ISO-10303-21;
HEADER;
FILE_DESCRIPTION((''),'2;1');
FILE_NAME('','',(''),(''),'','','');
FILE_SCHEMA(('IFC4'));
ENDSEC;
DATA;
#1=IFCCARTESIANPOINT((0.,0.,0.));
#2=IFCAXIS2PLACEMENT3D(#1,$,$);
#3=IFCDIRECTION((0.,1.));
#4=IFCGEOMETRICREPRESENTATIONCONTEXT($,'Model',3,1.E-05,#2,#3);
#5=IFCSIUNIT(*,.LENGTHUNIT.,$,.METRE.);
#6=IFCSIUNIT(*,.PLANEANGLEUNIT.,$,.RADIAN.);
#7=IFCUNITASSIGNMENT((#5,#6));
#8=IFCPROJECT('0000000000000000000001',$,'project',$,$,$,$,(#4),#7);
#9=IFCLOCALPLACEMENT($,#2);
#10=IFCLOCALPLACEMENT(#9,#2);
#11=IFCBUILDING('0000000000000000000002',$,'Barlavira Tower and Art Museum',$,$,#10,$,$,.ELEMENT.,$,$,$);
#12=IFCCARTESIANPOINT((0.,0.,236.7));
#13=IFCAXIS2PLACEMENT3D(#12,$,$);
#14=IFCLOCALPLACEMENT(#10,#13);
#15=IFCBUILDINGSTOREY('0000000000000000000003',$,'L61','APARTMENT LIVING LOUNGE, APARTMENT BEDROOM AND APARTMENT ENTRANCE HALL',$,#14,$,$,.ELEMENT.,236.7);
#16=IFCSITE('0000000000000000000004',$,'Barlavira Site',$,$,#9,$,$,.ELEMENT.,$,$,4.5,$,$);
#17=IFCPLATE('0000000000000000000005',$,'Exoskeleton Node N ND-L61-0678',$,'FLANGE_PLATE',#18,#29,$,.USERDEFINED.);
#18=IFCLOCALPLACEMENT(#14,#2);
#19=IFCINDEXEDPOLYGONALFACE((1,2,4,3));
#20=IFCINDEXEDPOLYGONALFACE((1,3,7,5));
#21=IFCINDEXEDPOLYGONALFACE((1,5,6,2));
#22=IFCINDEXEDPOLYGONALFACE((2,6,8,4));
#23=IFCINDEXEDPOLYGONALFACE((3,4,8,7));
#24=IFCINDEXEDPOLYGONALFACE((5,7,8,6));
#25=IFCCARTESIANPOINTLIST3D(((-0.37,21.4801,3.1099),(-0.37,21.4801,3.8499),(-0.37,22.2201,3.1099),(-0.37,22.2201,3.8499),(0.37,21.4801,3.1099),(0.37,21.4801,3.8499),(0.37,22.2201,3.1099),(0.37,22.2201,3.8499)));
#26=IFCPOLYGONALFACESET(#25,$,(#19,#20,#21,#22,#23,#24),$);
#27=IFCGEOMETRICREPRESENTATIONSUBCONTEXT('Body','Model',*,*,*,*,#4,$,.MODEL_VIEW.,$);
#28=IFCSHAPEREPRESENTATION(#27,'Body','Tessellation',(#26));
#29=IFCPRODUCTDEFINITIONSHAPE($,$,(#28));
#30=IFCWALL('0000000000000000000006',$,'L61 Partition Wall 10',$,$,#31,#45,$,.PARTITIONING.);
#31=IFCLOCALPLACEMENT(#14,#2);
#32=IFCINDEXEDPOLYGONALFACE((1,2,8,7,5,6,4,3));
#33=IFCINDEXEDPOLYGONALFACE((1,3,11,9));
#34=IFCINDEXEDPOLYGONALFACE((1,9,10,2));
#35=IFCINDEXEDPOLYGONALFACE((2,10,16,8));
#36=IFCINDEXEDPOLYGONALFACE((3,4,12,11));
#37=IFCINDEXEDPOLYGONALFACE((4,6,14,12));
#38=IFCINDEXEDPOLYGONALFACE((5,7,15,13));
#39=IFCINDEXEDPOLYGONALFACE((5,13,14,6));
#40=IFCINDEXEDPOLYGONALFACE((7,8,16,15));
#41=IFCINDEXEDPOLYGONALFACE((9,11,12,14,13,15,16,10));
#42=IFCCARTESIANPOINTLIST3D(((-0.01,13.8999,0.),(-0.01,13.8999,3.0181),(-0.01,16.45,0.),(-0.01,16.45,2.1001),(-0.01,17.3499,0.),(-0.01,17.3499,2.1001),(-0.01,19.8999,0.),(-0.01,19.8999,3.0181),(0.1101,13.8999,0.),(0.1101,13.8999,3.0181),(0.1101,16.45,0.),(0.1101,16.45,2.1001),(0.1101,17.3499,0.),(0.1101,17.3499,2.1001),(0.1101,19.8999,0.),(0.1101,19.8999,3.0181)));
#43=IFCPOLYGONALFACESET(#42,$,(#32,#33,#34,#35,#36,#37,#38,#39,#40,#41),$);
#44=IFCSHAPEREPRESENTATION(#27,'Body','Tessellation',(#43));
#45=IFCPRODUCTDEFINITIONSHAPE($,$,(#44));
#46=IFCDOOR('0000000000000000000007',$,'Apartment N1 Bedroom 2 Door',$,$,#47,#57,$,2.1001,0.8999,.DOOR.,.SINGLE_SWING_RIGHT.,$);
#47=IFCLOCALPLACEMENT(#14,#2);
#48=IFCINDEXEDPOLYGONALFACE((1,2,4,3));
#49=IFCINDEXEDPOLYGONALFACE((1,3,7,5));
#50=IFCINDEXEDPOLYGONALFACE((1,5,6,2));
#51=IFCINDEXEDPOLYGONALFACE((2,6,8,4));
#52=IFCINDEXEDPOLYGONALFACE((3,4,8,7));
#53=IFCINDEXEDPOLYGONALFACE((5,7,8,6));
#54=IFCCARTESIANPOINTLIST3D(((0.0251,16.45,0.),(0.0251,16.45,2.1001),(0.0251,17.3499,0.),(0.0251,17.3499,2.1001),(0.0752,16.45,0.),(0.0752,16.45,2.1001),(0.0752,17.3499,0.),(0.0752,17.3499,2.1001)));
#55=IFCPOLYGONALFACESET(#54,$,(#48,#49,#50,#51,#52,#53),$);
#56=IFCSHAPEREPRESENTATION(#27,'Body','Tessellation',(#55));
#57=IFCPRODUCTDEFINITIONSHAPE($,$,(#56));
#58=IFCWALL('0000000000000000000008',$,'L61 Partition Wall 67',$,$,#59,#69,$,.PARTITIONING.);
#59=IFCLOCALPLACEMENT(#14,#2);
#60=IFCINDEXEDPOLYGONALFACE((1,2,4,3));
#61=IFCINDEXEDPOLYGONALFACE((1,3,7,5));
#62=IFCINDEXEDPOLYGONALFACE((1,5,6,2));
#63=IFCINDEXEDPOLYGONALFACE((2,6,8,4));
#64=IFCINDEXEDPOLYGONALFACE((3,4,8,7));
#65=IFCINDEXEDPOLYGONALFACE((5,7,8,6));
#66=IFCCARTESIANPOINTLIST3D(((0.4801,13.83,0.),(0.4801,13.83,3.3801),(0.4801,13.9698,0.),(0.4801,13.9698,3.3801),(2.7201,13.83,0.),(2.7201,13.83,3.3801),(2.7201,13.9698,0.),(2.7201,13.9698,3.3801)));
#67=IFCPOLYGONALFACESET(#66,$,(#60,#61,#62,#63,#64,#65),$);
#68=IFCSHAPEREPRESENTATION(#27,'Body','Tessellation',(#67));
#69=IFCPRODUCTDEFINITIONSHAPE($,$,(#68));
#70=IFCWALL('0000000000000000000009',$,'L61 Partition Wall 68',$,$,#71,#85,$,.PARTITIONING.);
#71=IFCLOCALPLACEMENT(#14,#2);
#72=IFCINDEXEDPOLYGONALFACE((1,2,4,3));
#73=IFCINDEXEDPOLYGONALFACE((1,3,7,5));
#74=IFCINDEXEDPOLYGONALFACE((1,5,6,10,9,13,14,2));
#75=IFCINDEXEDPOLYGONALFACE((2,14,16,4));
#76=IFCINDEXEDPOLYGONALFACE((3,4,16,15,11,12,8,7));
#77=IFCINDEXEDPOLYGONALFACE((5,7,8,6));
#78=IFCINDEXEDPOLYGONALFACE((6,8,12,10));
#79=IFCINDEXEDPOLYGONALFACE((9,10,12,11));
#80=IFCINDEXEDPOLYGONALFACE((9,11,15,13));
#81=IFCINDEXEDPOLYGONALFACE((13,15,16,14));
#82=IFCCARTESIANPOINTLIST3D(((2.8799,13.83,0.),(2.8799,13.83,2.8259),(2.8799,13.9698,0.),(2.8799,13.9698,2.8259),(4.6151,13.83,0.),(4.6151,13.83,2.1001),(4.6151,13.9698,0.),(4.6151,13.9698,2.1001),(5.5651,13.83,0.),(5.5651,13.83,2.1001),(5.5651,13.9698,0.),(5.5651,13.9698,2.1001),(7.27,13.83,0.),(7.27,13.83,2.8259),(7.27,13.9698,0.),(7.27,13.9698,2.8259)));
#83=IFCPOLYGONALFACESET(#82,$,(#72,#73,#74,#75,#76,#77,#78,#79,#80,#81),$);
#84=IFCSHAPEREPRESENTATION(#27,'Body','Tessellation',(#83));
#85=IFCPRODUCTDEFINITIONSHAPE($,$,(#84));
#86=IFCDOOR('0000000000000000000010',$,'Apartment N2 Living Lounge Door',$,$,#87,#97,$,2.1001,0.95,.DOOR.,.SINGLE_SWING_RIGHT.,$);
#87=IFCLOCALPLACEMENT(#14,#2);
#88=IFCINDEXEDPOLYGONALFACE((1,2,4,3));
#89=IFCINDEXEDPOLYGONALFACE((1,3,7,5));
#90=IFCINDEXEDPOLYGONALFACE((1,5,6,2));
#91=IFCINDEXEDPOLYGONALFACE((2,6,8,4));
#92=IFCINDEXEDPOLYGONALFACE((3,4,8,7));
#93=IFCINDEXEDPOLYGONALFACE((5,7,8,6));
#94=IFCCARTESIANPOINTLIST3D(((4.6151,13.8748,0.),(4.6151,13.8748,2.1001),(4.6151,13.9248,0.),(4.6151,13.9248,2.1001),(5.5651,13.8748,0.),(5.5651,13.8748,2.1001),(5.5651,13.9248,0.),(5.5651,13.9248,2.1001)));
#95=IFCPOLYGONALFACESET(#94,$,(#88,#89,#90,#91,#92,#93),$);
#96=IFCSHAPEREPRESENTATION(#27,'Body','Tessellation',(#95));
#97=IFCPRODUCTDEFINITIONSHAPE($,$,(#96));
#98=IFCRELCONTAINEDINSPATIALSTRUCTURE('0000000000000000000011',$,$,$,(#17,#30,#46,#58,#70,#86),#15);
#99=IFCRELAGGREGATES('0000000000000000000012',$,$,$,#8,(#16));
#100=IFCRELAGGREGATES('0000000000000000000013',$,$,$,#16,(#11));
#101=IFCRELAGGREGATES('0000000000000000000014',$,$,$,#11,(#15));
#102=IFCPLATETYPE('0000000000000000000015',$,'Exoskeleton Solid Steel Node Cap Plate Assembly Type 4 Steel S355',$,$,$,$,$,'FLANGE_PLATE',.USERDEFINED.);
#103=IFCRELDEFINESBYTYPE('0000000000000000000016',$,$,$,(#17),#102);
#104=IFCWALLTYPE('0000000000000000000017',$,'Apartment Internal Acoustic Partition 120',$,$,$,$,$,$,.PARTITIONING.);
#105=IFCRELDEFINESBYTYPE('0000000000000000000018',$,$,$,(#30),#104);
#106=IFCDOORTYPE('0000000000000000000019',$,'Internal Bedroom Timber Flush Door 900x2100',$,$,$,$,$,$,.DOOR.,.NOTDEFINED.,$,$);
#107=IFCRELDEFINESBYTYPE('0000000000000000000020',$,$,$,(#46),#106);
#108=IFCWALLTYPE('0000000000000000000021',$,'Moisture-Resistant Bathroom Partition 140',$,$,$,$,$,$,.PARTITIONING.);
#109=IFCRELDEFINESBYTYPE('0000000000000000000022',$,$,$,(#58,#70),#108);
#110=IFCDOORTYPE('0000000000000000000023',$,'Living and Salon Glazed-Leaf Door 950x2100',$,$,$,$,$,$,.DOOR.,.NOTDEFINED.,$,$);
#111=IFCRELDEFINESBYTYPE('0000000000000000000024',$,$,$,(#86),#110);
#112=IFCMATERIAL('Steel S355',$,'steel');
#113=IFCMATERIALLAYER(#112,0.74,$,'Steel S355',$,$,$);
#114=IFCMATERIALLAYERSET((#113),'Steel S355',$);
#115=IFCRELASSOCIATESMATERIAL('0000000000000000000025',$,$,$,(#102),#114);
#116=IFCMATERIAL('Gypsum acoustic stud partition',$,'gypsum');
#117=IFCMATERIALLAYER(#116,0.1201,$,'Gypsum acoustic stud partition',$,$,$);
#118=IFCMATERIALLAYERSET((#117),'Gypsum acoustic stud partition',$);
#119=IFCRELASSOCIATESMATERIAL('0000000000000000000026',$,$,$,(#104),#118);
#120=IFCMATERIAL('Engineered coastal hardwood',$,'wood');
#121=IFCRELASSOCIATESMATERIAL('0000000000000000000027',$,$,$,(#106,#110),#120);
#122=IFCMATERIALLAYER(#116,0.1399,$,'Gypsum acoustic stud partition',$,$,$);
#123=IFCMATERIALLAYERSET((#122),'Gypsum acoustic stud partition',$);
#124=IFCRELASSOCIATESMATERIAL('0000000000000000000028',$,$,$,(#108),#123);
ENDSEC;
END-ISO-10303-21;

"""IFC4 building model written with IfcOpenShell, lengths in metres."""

from ifc_helpers import new_model, si_unit, direction, frame, frame_2d, origin, origin_2d, place, context, subcontext, project, spatial, rectangle, extrude, material, layer, layer_set, type_object, element, fill, save


model = new_model("IFC4")

# Units and contexts
model_context = context("Model", 3, precision=1e-05, world=origin(), true_north=direction((0.0, 1.0)))
body_context = subcontext(model_context, "Body", "Model", "MODEL_VIEW")
ifc_project = project(units=[si_unit("LENGTHUNIT", "METRE"), si_unit("PLANEANGLEUNIT", "RADIAN")], contexts=[model_context])

# Site, building, storey
site_placement = place(None, origin())
site = spatial("IfcSite", under=ifc_project, at=site_placement, Name="Barlavira Site", CompositionType="ELEMENT", RefElevation=4.5)
building_placement = place(site_placement, origin())
building = spatial("IfcBuilding", under=site, at=building_placement, Name="Barlavira Tower and Art Museum", CompositionType="ELEMENT")
storey_placement = place(building_placement, frame((0.0, 0.0, 236.7)))
storey = spatial("IfcBuildingStorey", under=building, at=storey_placement, Name="L61", Description="APARTMENT LIVING LOUNGE, APARTMENT BEDROOM AND APARTMENT ENTRANCE HALL", CompositionType="ELEMENT", Elevation=236.7)

# Shared definitions
ifc_material_1 = material(Name="Steel S355", Category="steel")

# Plate
ifc_layer_1 = layer(ifc_material_1, 0.74, Name="Steel S355")
ifc_layer_set_1 = layer_set([ifc_layer_1], Name="Steel S355")
plate_type_1 = type_object("IfcPlateType", Name="Exoskeleton Solid Steel Node Cap Plate Assembly Type 4 Steel S355", ElementType="FLANGE_PLATE", PredefinedType="USERDEFINED", material=ifc_layer_set_1)
plate_1_placement = place(storey_placement, frame((0.0, 21.8501, 3.1099), z_axis=(0.0, 0.0, 1.0), x_axis=(1.0, 0.0, 0.0)))
element("IfcPlate", 1, at=plate_1_placement, inside=storey, type_object=plate_type_1, Name="Exoskeleton Node N ND-L61-0678", ObjectType="FLANGE_PLATE", PredefinedType="USERDEFINED", context=body_context, shape_type="SweptSolid", body=[
    extrude(rectangle(XDim=0.74, YDim=0.74, at=origin_2d()), origin(), (0.0, 0.0, 1.0), 0.74),
])

# Wall, opening, door
ifc_material_2 = material(Name="Gypsum acoustic stud partition", Category="gypsum")
ifc_layer_2 = layer(ifc_material_2, 0.1201, Name="Gypsum acoustic stud partition")
ifc_layer_set_2 = layer_set([ifc_layer_2], Name="Gypsum acoustic stud partition")
wall_type_1 = type_object("IfcWallType", Name="Apartment Internal Acoustic Partition 120", PredefinedType="PARTITIONING", material=ifc_layer_set_2)
wall_1_placement = place(storey_placement, frame((0.05, 13.8999, 0.0), z_axis=(0.0, 0.0, 1.0), x_axis=(0.0, 1.0, 0.0)))
wall_1 = element("IfcWall", 2, at=wall_1_placement, inside=storey, type_object=wall_type_1, Name="L61 Partition Wall 10", PredefinedType="PARTITIONING", context=body_context, shape_type="SweptSolid", body=[
    extrude(rectangle(XDim=6.0, YDim=0.1201, at=frame_2d((3.0, 0.0))), origin(), (0.0, 0.0, 1.0), 3.0181),
])
opening_1_placement = place(wall_1_placement, frame((2.55, 0.0, 0.0)))
opening_1 = element("IfcOpeningElement", 3, at=opening_1_placement, cuts=wall_1, PredefinedType="OPENING", context=body_context, shape_type="SweptSolid", body=[
    extrude(rectangle(XDim=0.8999, YDim=2.1001, at=frame_2d((0.45, 1.05))), frame((0.0, 0.0701, 0.0), z_axis=(0.0, -1.0, 0.0), x_axis=(1.0, 0.0, 0.0)), (0.0, 0.0, 1.0), 0.1401),
])
ifc_material_3 = material(Name="Engineered coastal hardwood", Category="wood")
door_type_1 = type_object("IfcDoorType", Name="Internal Bedroom Timber Flush Door 900x2100", OperationType="NOTDEFINED", PredefinedType="DOOR", material=ifc_material_3)
door_1_placement = place(opening_1_placement, origin())
door_1 = element("IfcDoor", 4, at=door_1_placement, inside=storey, type_object=door_type_1, Name="Apartment N1 Bedroom 2 Door", OperationType="SINGLE_SWING_RIGHT", OverallHeight=2.1001, OverallWidth=0.8999, PredefinedType="DOOR", context=body_context, shape_type="SweptSolid", body=[
    extrude(rectangle(XDim=0.8999, YDim=2.1001, at=frame_2d((0.45, 1.05))), frame((0.0, 0.0249, 0.0), z_axis=(0.0, -1.0, 0.0), x_axis=(1.0, 0.0, 0.0)), (0.0, 0.0, 1.0), 0.05),
])
fill(opening_1, door_1)

# Wall
ifc_layer_3 = layer(ifc_material_2, 0.1399, Name="Gypsum acoustic stud partition")
ifc_layer_set_3 = layer_set([ifc_layer_3], Name="Gypsum acoustic stud partition")
wall_type_2 = type_object("IfcWallType", Name="Moisture-Resistant Bathroom Partition 140", PredefinedType="PARTITIONING", material=ifc_layer_set_3)
wall_2_placement = place(storey_placement, frame((0.48, 13.8999, 0.0), z_axis=(0.0, 0.0, 1.0), x_axis=(1.0, 0.0, 0.0)))
element("IfcWall", 5, at=wall_2_placement, inside=storey, type_object=wall_type_2, Name="L61 Partition Wall 67", PredefinedType="PARTITIONING", context=body_context, shape_type="SweptSolid", body=[
    extrude(rectangle(XDim=2.24, YDim=0.1399, at=frame_2d((1.1201, 0.0))), origin(), (0.0, 0.0, 1.0), 3.3801),
])

# Wall, opening, door
wall_3_placement = place(storey_placement, frame((2.8799, 13.8999, 0.0), z_axis=(0.0, 0.0, 1.0), x_axis=(1.0, 0.0, 0.0)))
wall_3 = element("IfcWall", 6, at=wall_3_placement, inside=storey, type_object=wall_type_2, Name="L61 Partition Wall 68", PredefinedType="PARTITIONING", context=body_context, shape_type="SweptSolid", body=[
    extrude(rectangle(XDim=4.3901, YDim=0.1399, at=frame_2d((2.1951, 0.0))), origin(), (0.0, 0.0, 1.0), 2.8259),
])
opening_2_placement = place(wall_3_placement, frame((1.7351, 0.0, 0.0)))
opening_2 = element("IfcOpeningElement", 7, at=opening_2_placement, cuts=wall_3, PredefinedType="OPENING", context=body_context, shape_type="SweptSolid", body=[
    extrude(rectangle(XDim=0.95, YDim=2.1001, at=frame_2d((0.4751, 1.05))), frame((0.0, 0.0801, 0.0), z_axis=(0.0, -1.0, 0.0), x_axis=(1.0, 0.0, 0.0)), (0.0, 0.0, 1.0), 0.1599),
])
door_type_2 = type_object("IfcDoorType", Name="Living and Salon Glazed-Leaf Door 950x2100", OperationType="NOTDEFINED", PredefinedType="DOOR", material=ifc_material_3)
door_2_placement = place(opening_2_placement, origin())
door_2 = element("IfcDoor", 8, at=door_2_placement, inside=storey, type_object=door_type_2, Name="Apartment N2 Living Lounge Door", OperationType="SINGLE_SWING_RIGHT", OverallHeight=2.1001, OverallWidth=0.95, PredefinedType="DOOR", context=body_context, shape_type="SweptSolid", body=[
    extrude(rectangle(XDim=0.95, YDim=2.1001, at=frame_2d((0.4751, 1.05))), frame((0.0, 0.0249, 0.0), z_axis=(0.0, -1.0, 0.0), x_axis=(1.0, 0.0, 0.0)), (0.0, 0.0, 1.0), 0.05),
])
fill(opening_2, door_2)

save(model, "model.ifc")
